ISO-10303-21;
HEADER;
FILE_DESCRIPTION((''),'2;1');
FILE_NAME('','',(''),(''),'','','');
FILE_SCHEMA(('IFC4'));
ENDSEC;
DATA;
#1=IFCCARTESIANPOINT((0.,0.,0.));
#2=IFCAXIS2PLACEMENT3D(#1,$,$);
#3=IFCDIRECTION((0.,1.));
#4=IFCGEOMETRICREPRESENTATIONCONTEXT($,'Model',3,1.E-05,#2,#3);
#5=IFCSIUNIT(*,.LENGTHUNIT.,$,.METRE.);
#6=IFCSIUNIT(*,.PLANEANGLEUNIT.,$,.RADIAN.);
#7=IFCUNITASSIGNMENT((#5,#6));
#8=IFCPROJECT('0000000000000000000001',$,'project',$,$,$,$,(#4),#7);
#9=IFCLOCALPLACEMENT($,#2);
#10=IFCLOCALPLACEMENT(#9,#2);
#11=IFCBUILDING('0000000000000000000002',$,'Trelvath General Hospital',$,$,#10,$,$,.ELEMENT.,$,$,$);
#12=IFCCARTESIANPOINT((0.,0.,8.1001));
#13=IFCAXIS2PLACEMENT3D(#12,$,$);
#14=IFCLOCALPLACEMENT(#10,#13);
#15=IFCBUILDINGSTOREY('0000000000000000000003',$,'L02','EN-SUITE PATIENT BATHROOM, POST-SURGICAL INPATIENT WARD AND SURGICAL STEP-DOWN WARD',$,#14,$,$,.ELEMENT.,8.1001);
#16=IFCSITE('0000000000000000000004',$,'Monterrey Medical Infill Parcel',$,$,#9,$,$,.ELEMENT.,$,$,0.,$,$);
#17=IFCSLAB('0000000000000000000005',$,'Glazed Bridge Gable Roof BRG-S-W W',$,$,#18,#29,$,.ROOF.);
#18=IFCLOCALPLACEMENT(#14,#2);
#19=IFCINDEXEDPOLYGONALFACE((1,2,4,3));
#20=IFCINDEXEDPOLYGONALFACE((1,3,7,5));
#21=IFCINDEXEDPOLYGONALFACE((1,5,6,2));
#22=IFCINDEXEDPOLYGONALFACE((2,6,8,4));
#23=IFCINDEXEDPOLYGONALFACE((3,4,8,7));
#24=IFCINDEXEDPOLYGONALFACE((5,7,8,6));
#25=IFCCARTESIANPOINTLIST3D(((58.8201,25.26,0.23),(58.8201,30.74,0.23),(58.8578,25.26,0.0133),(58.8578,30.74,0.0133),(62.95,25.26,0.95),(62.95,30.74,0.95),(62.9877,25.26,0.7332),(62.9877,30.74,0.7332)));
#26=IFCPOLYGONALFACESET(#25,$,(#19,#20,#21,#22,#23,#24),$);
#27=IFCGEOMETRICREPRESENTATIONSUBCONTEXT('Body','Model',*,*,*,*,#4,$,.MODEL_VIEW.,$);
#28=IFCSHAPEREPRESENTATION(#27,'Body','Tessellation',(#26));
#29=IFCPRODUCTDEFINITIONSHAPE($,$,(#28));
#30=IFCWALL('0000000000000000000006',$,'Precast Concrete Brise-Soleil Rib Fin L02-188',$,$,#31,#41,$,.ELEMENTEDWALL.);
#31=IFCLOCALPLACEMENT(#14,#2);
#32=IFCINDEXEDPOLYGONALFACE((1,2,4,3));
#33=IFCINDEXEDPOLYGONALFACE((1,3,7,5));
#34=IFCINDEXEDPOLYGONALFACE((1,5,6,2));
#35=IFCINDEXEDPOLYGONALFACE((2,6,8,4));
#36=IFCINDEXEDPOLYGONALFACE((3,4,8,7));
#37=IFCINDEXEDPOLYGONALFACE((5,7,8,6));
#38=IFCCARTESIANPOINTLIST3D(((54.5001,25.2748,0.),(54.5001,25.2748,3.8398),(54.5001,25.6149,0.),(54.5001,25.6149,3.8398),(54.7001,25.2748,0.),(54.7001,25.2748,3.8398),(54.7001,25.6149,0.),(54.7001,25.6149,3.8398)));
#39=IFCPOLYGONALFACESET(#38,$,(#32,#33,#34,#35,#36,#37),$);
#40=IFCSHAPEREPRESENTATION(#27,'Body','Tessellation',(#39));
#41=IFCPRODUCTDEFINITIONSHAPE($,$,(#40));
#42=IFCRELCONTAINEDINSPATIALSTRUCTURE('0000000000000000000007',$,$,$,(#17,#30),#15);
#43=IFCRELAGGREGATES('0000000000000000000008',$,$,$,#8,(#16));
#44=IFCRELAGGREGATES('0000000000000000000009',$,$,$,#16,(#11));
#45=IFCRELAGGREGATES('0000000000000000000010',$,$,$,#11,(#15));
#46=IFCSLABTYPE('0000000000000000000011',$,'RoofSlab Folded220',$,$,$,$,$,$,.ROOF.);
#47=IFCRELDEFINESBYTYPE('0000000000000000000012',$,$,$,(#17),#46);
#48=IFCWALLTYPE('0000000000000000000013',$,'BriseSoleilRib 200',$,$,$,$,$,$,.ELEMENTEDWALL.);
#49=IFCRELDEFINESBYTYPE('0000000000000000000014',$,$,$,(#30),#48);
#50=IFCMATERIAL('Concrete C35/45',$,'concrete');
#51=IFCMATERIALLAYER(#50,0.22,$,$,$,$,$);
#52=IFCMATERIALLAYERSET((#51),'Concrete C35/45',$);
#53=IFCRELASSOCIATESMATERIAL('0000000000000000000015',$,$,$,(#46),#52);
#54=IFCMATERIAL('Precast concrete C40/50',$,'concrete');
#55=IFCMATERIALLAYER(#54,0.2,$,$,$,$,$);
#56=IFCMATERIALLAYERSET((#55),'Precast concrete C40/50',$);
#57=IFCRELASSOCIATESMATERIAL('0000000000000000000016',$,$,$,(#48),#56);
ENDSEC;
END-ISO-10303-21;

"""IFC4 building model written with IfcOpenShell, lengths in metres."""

from ifc_helpers import new_model, si_unit, direction, frame, frame_2d, origin, place, context, subcontext, project, spatial, polyline, rectangle, outline, extrude, material, layer, layer_set, type_object, element, save


model = new_model("IFC4")

# Units and contexts
model_context = context("Model", 3, precision=1e-05, world=origin(), true_north=direction((0.0, 1.0)))
body_context = subcontext(model_context, "Body", "Model", "MODEL_VIEW")
ifc_project = project(units=[si_unit("LENGTHUNIT", "METRE"), si_unit("PLANEANGLEUNIT", "RADIAN")], contexts=[model_context])

# Site, building, storey
site_placement = place(None, origin())
site = spatial("IfcSite", under=ifc_project, at=site_placement, Name="Monterrey Medical Infill Parcel", CompositionType="ELEMENT", RefElevation=0.0)
building_placement = place(site_placement, origin())
building = spatial("IfcBuilding", under=site, at=building_placement, Name="Trelvath General Hospital", CompositionType="ELEMENT")
storey_placement = place(building_placement, frame((0.0, 0.0, 8.1001)))
storey = spatial("IfcBuildingStorey", under=building, at=storey_placement, Name="L02", Description="EN-SUITE PATIENT BATHROOM, POST-SURGICAL INPATIENT WARD AND SURGICAL STEP-DOWN WARD", CompositionType="ELEMENT", Elevation=8.1001)

# Slab
ifc_material_1 = material(Name="Concrete C35/45", Category="concrete")
ifc_layer_1 = layer(ifc_material_1, 0.22)
ifc_layer_set_1 = layer_set([ifc_layer_1], Name="Concrete C35/45")
slab_type = type_object("IfcSlabType", Name="RoofSlab Folded220", PredefinedType="ROOF", material=ifc_layer_set_1)
slab_placement = place(storey_placement, frame((58.8201, 25.26, 0.23), z_axis=(-0.171742, 0.0, 0.985142), x_axis=(0.985142, 0.0, 0.171742)))
element("IfcSlab", 1, at=slab_placement, inside=storey, type_object=slab_type, Name="Glazed Bridge Gable Roof BRG-S-W W", PredefinedType="ROOF", context=body_context, shape_type="SweptSolid", body=[
    extrude(outline(polyline([(0.0, 0.0), (4.1922, 0.0), (4.1922, 5.48), (0.0, 5.48), (0.0, 0.0)])), origin(), (0.0, 0.0, -1.0), 0.22),
])

# Wall
ifc_material_2 = material(Name="Precast concrete C40/50", Category="concrete")
ifc_layer_2 = layer(ifc_material_2, 0.2)
ifc_layer_set_2 = layer_set([ifc_layer_2], Name="Precast concrete C40/50")
wall_type = type_object("IfcWallType", Name="BriseSoleilRib 200", PredefinedType="ELEMENTEDWALL", material=ifc_layer_set_2)
wall_placement = place(storey_placement, frame((54.6001, 25.2749, 0.0), z_axis=(0.0, 0.0, 1.0), x_axis=(0.0, 1.0, 0.0)))
element("IfcWall", 2, at=wall_placement, inside=storey, type_object=wall_type, Name="Precast Concrete Brise-Soleil Rib Fin L02-188", PredefinedType="ELEMENTEDWALL", context=body_context, shape_type="SweptSolid", body=[
    extrude(rectangle(XDim=0.3401, YDim=0.2, at=frame_2d((0.1699, 0.0))), origin(), (0.0, 0.0, 1.0), 3.8398),
])

save(model, "model.ifc")
